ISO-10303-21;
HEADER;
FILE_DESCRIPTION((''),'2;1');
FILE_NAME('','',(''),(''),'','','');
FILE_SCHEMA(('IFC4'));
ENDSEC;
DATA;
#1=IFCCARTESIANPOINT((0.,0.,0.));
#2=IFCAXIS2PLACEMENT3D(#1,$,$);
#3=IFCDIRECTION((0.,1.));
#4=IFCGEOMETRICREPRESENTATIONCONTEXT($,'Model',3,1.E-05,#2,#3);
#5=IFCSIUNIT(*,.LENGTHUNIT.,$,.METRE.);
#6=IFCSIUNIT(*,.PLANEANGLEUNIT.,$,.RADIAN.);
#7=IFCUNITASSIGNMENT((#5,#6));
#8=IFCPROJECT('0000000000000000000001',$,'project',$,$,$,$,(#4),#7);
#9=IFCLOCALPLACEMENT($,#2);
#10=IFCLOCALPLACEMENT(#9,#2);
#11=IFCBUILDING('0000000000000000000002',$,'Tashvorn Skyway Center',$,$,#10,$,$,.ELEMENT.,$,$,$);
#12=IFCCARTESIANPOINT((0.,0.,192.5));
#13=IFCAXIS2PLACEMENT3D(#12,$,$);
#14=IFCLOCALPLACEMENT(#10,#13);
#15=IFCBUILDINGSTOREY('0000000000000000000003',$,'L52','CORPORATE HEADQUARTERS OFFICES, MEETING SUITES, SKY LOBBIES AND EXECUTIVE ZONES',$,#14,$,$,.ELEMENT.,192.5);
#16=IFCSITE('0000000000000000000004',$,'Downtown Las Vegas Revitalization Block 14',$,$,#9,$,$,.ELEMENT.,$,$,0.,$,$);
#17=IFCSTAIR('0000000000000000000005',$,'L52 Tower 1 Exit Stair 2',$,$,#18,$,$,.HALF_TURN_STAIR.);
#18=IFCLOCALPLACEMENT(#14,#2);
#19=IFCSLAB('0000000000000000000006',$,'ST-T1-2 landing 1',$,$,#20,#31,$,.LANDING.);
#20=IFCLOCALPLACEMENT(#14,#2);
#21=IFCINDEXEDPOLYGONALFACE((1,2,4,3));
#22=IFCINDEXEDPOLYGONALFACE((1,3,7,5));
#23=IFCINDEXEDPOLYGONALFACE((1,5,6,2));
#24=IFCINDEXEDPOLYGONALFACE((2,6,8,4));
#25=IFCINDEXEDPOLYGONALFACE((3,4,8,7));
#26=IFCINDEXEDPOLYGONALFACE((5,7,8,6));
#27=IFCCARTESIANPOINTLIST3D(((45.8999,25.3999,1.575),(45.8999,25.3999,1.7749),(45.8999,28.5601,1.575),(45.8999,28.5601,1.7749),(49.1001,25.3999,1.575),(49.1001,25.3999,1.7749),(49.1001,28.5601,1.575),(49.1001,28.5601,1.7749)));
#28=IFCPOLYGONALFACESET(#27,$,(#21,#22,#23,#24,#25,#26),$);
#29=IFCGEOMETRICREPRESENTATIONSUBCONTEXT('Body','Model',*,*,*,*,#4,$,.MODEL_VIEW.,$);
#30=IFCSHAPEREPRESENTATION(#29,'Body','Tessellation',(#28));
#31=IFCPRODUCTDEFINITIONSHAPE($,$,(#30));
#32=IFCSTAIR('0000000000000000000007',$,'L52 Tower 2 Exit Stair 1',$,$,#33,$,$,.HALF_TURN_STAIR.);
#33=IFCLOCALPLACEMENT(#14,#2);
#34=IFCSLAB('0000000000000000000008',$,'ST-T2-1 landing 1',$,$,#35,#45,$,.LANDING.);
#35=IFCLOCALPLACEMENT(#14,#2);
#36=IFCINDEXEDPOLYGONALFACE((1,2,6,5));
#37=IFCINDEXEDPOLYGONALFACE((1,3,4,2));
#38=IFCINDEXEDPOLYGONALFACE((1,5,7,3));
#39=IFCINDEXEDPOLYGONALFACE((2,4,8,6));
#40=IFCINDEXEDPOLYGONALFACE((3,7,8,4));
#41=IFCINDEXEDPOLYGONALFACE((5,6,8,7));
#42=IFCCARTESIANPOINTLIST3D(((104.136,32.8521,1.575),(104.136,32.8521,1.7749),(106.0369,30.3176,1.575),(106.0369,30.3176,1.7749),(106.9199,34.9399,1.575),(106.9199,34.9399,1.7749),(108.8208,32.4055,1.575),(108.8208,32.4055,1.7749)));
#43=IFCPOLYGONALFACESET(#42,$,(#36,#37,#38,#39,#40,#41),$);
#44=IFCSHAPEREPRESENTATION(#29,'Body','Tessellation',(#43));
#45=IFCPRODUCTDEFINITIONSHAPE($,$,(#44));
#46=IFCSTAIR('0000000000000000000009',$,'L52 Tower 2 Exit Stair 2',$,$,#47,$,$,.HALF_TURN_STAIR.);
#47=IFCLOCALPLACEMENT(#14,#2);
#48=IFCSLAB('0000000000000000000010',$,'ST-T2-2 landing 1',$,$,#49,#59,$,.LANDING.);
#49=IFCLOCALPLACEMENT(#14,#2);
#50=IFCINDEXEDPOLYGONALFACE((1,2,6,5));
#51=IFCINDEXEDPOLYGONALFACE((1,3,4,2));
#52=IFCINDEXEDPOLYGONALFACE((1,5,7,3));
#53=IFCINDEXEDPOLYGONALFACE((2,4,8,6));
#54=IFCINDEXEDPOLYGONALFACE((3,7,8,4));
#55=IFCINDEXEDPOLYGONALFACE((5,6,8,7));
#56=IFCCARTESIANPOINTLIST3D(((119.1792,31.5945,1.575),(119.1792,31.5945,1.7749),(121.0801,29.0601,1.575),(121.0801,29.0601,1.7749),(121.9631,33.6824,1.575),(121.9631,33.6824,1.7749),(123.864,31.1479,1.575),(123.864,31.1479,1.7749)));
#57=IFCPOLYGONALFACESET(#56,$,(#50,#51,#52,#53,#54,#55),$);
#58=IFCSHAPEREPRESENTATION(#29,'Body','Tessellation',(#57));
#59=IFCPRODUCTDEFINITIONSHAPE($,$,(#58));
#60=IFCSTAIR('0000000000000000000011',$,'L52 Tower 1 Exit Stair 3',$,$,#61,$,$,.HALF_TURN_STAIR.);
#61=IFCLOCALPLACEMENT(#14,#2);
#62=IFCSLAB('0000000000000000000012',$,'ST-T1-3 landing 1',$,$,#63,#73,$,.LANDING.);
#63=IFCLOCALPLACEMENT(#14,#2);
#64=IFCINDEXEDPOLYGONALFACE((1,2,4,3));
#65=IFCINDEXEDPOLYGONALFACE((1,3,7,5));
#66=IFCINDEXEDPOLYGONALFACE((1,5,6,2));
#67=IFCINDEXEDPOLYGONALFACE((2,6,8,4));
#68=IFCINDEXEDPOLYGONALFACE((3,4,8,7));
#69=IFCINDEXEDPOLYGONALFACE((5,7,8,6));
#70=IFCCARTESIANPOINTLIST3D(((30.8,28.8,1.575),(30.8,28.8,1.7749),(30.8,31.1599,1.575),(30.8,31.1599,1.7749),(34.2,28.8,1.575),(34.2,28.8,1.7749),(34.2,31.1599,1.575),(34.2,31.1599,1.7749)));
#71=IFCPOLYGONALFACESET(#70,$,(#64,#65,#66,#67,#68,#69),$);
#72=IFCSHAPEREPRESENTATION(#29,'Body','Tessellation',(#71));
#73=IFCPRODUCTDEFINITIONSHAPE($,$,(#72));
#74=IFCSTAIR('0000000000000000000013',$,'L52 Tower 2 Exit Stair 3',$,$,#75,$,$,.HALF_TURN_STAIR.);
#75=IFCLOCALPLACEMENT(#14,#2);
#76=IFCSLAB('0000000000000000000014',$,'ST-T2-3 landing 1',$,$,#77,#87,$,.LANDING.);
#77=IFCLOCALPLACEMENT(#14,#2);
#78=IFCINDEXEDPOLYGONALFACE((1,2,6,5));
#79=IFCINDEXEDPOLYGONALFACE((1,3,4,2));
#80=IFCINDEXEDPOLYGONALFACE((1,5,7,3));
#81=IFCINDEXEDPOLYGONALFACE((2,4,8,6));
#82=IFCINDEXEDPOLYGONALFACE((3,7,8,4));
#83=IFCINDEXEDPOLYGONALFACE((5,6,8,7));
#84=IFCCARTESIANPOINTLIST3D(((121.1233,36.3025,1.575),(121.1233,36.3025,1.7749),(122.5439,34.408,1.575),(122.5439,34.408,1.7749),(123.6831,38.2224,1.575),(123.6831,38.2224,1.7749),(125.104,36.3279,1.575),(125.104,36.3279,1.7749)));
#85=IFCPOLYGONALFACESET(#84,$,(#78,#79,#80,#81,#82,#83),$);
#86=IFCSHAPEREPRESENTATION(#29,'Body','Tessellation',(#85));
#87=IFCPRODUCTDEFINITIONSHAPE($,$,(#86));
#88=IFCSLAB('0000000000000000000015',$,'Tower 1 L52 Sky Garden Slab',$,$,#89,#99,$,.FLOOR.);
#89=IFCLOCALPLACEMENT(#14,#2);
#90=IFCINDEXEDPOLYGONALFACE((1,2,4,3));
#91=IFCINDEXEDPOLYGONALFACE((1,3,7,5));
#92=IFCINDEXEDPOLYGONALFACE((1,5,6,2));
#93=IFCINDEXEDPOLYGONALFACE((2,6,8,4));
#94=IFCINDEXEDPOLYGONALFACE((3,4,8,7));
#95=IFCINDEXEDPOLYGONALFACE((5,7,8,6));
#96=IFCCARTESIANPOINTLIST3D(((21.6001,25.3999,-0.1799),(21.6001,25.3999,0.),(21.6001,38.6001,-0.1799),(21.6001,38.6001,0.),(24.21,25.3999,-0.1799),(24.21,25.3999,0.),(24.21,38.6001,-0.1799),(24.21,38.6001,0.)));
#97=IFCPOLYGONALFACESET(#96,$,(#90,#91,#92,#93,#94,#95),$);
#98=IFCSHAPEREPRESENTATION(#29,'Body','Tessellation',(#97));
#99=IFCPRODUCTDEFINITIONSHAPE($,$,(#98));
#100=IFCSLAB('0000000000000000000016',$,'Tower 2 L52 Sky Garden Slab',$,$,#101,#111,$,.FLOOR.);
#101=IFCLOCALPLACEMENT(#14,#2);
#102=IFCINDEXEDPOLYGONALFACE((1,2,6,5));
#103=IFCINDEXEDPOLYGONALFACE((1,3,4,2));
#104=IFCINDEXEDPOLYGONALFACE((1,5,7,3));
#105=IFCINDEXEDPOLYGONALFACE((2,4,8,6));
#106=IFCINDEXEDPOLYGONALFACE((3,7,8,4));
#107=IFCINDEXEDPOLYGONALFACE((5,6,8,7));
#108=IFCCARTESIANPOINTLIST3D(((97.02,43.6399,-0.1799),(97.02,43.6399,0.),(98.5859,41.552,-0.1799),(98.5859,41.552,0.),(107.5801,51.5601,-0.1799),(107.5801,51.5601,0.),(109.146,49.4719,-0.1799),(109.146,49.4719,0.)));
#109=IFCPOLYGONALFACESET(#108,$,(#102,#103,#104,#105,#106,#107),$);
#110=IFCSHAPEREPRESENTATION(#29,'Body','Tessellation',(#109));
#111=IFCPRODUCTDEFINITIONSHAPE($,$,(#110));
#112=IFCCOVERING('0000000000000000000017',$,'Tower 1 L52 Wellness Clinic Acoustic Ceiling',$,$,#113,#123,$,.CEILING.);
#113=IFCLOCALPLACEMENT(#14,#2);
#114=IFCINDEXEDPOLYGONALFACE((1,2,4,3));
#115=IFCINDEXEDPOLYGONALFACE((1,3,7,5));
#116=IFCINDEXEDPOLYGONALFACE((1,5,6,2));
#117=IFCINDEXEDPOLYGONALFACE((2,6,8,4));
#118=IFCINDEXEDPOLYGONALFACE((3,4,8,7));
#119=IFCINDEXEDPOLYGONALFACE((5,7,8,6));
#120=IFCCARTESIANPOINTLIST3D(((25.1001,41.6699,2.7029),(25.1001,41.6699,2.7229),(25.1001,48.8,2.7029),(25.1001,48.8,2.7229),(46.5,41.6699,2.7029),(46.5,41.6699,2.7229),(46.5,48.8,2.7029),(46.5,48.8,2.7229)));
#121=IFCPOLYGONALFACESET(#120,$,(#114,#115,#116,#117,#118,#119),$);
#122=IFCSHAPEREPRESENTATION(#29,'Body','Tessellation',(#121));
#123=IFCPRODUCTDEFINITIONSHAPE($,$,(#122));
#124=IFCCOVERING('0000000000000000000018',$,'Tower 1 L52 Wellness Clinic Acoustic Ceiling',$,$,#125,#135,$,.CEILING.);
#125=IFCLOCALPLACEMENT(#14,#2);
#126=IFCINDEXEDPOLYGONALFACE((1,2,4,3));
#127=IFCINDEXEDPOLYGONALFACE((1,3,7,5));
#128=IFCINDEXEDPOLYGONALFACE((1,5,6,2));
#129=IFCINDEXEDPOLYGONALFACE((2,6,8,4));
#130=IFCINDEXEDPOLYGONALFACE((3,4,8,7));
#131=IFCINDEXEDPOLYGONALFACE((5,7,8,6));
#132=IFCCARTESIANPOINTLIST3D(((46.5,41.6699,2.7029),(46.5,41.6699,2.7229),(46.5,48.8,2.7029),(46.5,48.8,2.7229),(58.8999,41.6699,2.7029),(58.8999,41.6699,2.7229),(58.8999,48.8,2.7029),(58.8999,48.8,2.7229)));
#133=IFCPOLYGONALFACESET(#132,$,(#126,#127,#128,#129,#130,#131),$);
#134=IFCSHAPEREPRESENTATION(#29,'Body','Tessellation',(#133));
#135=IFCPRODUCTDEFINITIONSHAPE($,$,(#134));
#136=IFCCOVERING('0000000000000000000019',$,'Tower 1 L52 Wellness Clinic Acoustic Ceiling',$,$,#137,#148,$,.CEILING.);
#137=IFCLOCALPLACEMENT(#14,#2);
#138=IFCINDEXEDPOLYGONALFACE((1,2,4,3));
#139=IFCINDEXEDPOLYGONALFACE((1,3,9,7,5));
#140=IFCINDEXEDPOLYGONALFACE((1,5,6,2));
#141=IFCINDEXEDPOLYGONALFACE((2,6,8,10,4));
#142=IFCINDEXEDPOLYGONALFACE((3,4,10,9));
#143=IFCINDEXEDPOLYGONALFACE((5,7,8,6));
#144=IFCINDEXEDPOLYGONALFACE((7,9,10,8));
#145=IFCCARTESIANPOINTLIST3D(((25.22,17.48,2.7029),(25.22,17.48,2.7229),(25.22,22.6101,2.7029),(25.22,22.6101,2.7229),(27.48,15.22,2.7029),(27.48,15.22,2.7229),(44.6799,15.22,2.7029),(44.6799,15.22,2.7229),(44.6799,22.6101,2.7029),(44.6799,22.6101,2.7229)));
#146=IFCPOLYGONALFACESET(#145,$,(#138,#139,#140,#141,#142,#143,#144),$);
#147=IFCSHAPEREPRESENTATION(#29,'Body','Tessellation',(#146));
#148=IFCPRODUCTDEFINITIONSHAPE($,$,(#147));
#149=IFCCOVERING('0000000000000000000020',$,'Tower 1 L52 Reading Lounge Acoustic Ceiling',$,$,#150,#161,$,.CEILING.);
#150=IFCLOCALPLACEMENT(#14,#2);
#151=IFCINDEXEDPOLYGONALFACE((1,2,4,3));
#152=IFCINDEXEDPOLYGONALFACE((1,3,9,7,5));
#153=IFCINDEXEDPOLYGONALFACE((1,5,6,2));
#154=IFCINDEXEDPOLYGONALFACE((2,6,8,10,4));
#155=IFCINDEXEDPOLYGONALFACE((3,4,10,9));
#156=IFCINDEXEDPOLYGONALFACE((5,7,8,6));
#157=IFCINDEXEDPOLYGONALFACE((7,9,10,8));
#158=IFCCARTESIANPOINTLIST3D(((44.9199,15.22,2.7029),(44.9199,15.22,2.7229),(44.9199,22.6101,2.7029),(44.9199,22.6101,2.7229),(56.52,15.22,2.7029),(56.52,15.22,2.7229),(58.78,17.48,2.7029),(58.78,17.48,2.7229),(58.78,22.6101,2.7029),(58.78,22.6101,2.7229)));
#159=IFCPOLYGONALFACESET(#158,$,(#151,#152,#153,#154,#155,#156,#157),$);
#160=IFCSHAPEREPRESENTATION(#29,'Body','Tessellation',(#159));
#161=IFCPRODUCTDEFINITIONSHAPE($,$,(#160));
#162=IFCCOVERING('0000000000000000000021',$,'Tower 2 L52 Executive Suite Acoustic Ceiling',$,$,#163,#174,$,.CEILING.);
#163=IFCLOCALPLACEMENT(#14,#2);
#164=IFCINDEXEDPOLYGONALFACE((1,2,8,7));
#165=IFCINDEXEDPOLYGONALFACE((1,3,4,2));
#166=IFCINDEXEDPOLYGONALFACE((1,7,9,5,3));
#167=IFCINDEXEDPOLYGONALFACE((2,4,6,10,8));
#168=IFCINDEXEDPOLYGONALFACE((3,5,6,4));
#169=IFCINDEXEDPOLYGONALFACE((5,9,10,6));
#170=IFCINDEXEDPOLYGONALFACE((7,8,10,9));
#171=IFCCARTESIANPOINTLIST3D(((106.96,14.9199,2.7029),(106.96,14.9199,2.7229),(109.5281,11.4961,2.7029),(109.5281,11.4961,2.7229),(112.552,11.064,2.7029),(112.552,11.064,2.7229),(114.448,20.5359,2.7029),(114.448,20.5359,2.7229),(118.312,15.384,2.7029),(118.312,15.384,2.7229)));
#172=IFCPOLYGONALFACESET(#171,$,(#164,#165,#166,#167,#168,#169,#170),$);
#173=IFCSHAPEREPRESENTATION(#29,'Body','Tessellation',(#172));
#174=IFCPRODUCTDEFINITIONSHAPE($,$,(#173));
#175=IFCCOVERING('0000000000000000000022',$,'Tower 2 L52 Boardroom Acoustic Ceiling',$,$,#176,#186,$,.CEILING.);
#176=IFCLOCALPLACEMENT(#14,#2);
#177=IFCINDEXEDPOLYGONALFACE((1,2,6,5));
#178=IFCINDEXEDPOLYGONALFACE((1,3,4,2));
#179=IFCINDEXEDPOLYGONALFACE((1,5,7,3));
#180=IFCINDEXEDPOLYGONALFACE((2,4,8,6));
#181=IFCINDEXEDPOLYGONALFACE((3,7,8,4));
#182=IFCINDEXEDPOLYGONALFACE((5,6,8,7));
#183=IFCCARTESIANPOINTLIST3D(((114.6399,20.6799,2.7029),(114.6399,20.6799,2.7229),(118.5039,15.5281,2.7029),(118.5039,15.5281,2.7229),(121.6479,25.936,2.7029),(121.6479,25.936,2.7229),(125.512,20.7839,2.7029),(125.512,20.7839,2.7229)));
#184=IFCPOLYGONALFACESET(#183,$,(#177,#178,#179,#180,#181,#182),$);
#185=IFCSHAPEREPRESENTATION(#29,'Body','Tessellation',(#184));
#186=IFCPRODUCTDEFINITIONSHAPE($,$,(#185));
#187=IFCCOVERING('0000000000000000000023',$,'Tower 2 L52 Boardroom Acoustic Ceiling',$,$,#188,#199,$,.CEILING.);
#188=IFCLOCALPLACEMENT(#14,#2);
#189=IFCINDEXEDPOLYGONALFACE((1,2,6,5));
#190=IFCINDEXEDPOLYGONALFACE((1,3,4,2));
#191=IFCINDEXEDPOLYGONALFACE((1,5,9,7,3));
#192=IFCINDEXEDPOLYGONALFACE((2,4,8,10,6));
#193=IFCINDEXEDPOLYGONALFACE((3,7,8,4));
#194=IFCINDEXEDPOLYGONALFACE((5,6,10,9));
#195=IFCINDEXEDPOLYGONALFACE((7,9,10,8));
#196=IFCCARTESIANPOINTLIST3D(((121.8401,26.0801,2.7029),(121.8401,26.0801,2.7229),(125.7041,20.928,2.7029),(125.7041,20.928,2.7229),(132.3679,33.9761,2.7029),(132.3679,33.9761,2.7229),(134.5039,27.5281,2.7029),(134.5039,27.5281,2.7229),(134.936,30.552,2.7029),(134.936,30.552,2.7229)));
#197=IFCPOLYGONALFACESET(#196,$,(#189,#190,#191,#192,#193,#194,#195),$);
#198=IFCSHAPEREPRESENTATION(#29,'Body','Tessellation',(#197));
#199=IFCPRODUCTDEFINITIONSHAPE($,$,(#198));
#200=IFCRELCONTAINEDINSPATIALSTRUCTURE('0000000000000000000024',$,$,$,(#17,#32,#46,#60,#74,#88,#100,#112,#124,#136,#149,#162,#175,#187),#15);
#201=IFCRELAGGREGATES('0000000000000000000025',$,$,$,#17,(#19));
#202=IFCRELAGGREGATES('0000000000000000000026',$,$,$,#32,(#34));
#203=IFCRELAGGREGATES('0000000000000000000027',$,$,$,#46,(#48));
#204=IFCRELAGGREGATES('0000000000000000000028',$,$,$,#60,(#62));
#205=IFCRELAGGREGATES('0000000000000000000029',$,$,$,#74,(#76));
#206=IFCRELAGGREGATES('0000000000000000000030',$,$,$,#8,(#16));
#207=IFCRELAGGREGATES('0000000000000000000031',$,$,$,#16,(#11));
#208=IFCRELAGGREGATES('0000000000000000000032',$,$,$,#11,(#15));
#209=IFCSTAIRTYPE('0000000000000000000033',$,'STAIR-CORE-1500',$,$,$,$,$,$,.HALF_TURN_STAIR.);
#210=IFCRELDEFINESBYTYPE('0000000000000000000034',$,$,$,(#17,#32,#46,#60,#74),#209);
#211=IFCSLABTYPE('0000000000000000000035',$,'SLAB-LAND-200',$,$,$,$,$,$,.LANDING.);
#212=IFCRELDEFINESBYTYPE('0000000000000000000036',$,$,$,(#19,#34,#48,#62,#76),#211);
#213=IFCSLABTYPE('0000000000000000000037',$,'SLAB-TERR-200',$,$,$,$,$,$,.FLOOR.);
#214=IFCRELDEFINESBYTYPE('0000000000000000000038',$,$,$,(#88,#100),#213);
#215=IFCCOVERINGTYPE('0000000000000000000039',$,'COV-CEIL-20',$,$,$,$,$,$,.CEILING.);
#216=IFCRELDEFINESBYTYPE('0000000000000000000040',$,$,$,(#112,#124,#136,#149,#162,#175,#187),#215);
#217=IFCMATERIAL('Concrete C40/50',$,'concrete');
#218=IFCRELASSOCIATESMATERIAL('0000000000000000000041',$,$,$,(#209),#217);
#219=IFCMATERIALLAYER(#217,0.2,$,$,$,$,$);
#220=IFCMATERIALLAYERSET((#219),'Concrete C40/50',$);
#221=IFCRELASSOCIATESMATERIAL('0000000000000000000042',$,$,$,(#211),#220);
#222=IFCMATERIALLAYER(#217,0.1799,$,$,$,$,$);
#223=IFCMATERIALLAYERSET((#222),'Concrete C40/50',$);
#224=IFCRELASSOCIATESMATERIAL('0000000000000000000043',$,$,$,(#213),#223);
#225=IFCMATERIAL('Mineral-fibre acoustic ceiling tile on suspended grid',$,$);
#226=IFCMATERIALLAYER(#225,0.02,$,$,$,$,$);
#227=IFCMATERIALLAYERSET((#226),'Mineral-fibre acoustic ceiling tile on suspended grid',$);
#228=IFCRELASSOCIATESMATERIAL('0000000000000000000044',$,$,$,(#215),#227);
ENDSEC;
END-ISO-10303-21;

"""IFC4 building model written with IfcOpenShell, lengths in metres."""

from ifc_helpers import new_model, si_unit, direction, frame, origin, place, context, subcontext, project, spatial, polyline, outline, extrude, material, layer, layer_set, type_object, element, aggregate, save


model = new_model("IFC4")

# Units and contexts
model_context = context("Model", 3, precision=1e-05, world=origin(), true_north=direction((0.0, 1.0)))
body_context = subcontext(model_context, "Body", "Model", "MODEL_VIEW")
ifc_project = project(units=[si_unit("LENGTHUNIT", "METRE"), si_unit("PLANEANGLEUNIT", "RADIAN")], contexts=[model_context])

# Site, building, storey
site_placement = place(None, origin())
site = spatial("IfcSite", under=ifc_project, at=site_placement, Name="Downtown Las Vegas Revitalization Block 14", CompositionType="ELEMENT", RefElevation=0.0)
building_placement = place(site_placement, origin())
building = spatial("IfcBuilding", under=site, at=building_placement, Name="Tashvorn Skyway Center", CompositionType="ELEMENT")
storey_placement = place(building_placement, frame((0.0, 0.0, 192.5)))
storey = spatial("IfcBuildingStorey", under=building, at=storey_placement, Name="L52", Description="CORPORATE HEADQUARTERS OFFICES, MEETING SUITES, SKY LOBBIES AND EXECUTIVE ZONES", CompositionType="ELEMENT", Elevation=192.5)

# Shared definitions
ifc_material_1 = material(Name="Concrete C40/50", Category="concrete")

# Stairs, slabs
stair_type = type_object("IfcStairType", Name="STAIR-CORE-1500", PredefinedType="HALF_TURN_STAIR", material=ifc_material_1)
ifc_layer_1 = layer(ifc_material_1, 0.2)
ifc_layer_set_1 = layer_set([ifc_layer_1], Name="Concrete C40/50")
slab_type_1 = type_object("IfcSlabType", Name="SLAB-LAND-200", PredefinedType="LANDING", material=ifc_layer_set_1)
stair_1_placement = place(storey_placement, origin())
stair_1 = element("IfcStair", 1, at=stair_1_placement, inside=storey, type_object=stair_type, Name="L52 Tower 1 Exit Stair 2", PredefinedType="HALF_TURN_STAIR")
slab_1_placement = place(storey_placement, frame((0.0, 0.0, 1.575)))
slab_1 = element("IfcSlab", 2, at=slab_1_placement, type_object=slab_type_1, Name="ST-T1-2 landing 1", PredefinedType="LANDING", context=body_context, shape_type="SweptSolid", body=[
    extrude(outline(polyline([(45.8999, 28.5601), (45.8999, 25.3999), (49.1001, 25.3999), (49.1001, 28.5601), (45.8999, 28.5601)])), origin(), (0.0, 0.0, 1.0), 0.2),
])
aggregate(stair_1, [slab_1])
stair_2_placement = place(storey_placement, origin())
stair_2 = element("IfcStair", 3, at=stair_2_placement, inside=storey, type_object=stair_type, Name="L52 Tower 2 Exit Stair 1", PredefinedType="HALF_TURN_STAIR")
slab_2_placement = place(storey_placement, frame((0.0, 0.0, 1.575)))
slab_2 = element("IfcSlab", 4, at=slab_2_placement, type_object=slab_type_1, Name="ST-T2-1 landing 1", PredefinedType="LANDING", context=body_context, shape_type="SweptSolid", body=[
    extrude(outline(polyline([(108.8208, 32.4055), (106.9199, 34.9399), (104.136, 32.8521), (106.0369, 30.3176), (108.8208, 32.4055)])), origin(), (0.0, 0.0, 1.0), 0.2),
])
aggregate(stair_2, [slab_2])
stair_3_placement = place(storey_placement, origin())
stair_3 = element("IfcStair", 5, at=stair_3_placement, inside=storey, type_object=stair_type, Name="L52 Tower 2 Exit Stair 2", PredefinedType="HALF_TURN_STAIR")
slab_3_placement = place(storey_placement, frame((0.0, 0.0, 1.575)))
slab_3 = element("IfcSlab", 6, at=slab_3_placement, type_object=slab_type_1, Name="ST-T2-2 landing 1", PredefinedType="LANDING", context=body_context, shape_type="SweptSolid", body=[
    extrude(outline(polyline([(119.1792, 31.5945), (121.0801, 29.0601), (123.864, 31.1479), (121.9631, 33.6824), (119.1792, 31.5945)])), origin(), (0.0, 0.0, 1.0), 0.2),
])
aggregate(stair_3, [slab_3])
stair_4_placement = place(storey_placement, origin())
stair_4 = element("IfcStair", 7, at=stair_4_placement, inside=storey, type_object=stair_type, Name="L52 Tower 1 Exit Stair 3", PredefinedType="HALF_TURN_STAIR")
slab_4_placement = place(storey_placement, frame((0.0, 0.0, 1.575)))
slab_4 = element("IfcSlab", 8, at=slab_4_placement, type_object=slab_type_1, Name="ST-T1-3 landing 1", PredefinedType="LANDING", context=body_context, shape_type="SweptSolid", body=[
    extrude(outline(polyline([(30.8, 31.1599), (30.8, 28.8), (34.2, 28.8), (34.2, 31.1599), (30.8, 31.1599)])), origin(), (0.0, 0.0, 1.0), 0.2),
])
aggregate(stair_4, [slab_4])
stair_5_placement = place(storey_placement, origin())
stair_5 = element("IfcStair", 9, at=stair_5_placement, inside=storey, type_object=stair_type, Name="L52 Tower 2 Exit Stair 3", PredefinedType="HALF_TURN_STAIR")
slab_5_placement = place(storey_placement, frame((0.0, 0.0, 1.575)))
slab_5 = element("IfcSlab", 10, at=slab_5_placement, type_object=slab_type_1, Name="ST-T2-3 landing 1", PredefinedType="LANDING", context=body_context, shape_type="SweptSolid", body=[
    extrude(outline(polyline([(121.1233, 36.3025), (122.5439, 34.408), (125.104, 36.3279), (123.6831, 38.2224), (121.1233, 36.3025)])), origin(), (0.0, 0.0, 1.0), 0.2),
])
aggregate(stair_5, [slab_5])

# Slabs
ifc_layer_2 = layer(ifc_material_1, 0.1799)
ifc_layer_set_2 = layer_set([ifc_layer_2], Name="Concrete C40/50")
slab_type_2 = type_object("IfcSlabType", Name="SLAB-TERR-200", PredefinedType="FLOOR", material=ifc_layer_set_2)
slab_6_placement = place(storey_placement, frame((0.0, 0.0, -0.1799)))
element("IfcSlab", 11, at=slab_6_placement, inside=storey, type_object=slab_type_2, Name="Tower 1 L52 Sky Garden Slab", PredefinedType="FLOOR", context=body_context, shape_type="SweptSolid", body=[
    extrude(outline(polyline([(21.6001, 25.3999), (24.21, 25.3999), (24.21, 38.6001), (21.6001, 38.6001), (21.6001, 25.3999)])), origin(), (0.0, 0.0, 1.0), 0.1799),
])
slab_7_placement = place(storey_placement, frame((0.0, 0.0, -0.1799)))
element("IfcSlab", 12, at=slab_7_placement, inside=storey, type_object=slab_type_2, Name="Tower 2 L52 Sky Garden Slab", PredefinedType="FLOOR", context=body_context, shape_type="SweptSolid", body=[
    extrude(outline(polyline([(98.5859, 41.552), (109.146, 49.4719), (107.5801, 51.5601), (97.02, 43.6399), (98.5859, 41.552)])), origin(), (0.0, 0.0, 1.0), 0.1799),
])

# Coverings
ifc_material_2 = material(Name="Mineral-fibre acoustic ceiling tile on suspended grid")
ifc_layer_3 = layer(ifc_material_2, 0.02)
ifc_layer_set_3 = layer_set([ifc_layer_3], Name="Mineral-fibre acoustic ceiling tile on suspended grid")
covering_type_1 = type_object("IfcCoveringType", Name="COV-CEIL-20", PredefinedType="CEILING", material=ifc_layer_set_3)
covering_1_placement = place(storey_placement, frame((0.0, 0.0, 2.7029)))
element("IfcCovering", 13, at=covering_1_placement, inside=storey, type_object=covering_type_1, Name="Tower 1 L52 Wellness Clinic Acoustic Ceiling", PredefinedType="CEILING", context=body_context, shape_type="SweptSolid", body=[
    extrude(outline(polyline([(25.1001, 41.6699), (46.5, 41.6699), (46.5, 48.8), (25.1001, 48.8), (25.1001, 41.6699)])), origin(), (0.0, 0.0, 1.0), 0.02),
])
covering_2_placement = place(storey_placement, frame((0.0, 0.0, 2.7029)))
element("IfcCovering", 14, at=covering_2_placement, inside=storey, type_object=covering_type_1, Name="Tower 1 L52 Wellness Clinic Acoustic Ceiling", PredefinedType="CEILING", context=body_context, shape_type="SweptSolid", body=[
    extrude(outline(polyline([(46.5, 41.6699), (58.8999, 41.6699), (58.8999, 48.8), (46.5, 48.8), (46.5, 41.6699)])), origin(), (0.0, 0.0, 1.0), 0.02),
])
covering_3_placement = place(storey_placement, frame((0.0, 0.0, 2.7029)))
element("IfcCovering", 15, at=covering_3_placement, inside=storey, type_object=covering_type_1, Name="Tower 1 L52 Wellness Clinic Acoustic Ceiling", PredefinedType="CEILING", context=body_context, shape_type="SweptSolid", body=[
    extrude(outline(polyline([(25.22, 22.6101), (44.6799, 22.6101), (44.6799, 15.22), (27.48, 15.22), (25.22, 17.48), (25.22, 22.6101)])), origin(), (0.0, 0.0, 1.0), 0.02),
])
covering_4_placement = place(storey_placement, frame((0.0, 0.0, 2.7029)))
element("IfcCovering", 16, at=covering_4_placement, inside=storey, type_object=covering_type_1, Name="Tower 1 L52 Reading Lounge Acoustic Ceiling", PredefinedType="CEILING", context=body_context, shape_type="SweptSolid", body=[
    extrude(outline(polyline([(44.9199, 15.22), (44.9199, 22.6101), (58.78, 22.6101), (58.78, 17.48), (56.52, 15.22), (44.9199, 15.22)])), origin(), (0.0, 0.0, 1.0), 0.02),
])
covering_5_placement = place(storey_placement, frame((0.0, 0.0, 2.7029)))
element("IfcCovering", 17, at=covering_5_placement, inside=storey, type_object=covering_type_1, Name="Tower 2 L52 Executive Suite Acoustic Ceiling", PredefinedType="CEILING", context=body_context, shape_type="SweptSolid", body=[
    extrude(outline(polyline([(106.96, 14.9199), (114.448, 20.5359), (118.312, 15.384), (112.552, 11.064), (109.5281, 11.4961), (106.96, 14.9199)])), origin(), (0.0, 0.0, 1.0), 0.02),
])
covering_6_placement = place(storey_placement, frame((0.0, 0.0, 2.7029)))
element("IfcCovering", 18, at=covering_6_placement, inside=storey, type_object=covering_type_1, Name="Tower 2 L52 Boardroom Acoustic Ceiling", PredefinedType="CEILING", context=body_context, shape_type="SweptSolid", body=[
    extrude(outline(polyline([(114.6399, 20.6799), (121.6479, 25.936), (125.512, 20.7839), (118.5039, 15.5281), (114.6399, 20.6799)])), origin(), (0.0, 0.0, 1.0), 0.02),
])
covering_7_placement = place(storey_placement, frame((0.0, 0.0, 2.7029)))
element("IfcCovering", 19, at=covering_7_placement, inside=storey, type_object=covering_type_1, Name="Tower 2 L52 Boardroom Acoustic Ceiling", PredefinedType="CEILING", context=body_context, shape_type="SweptSolid", body=[
    extrude(outline(polyline([(125.7041, 20.928), (121.8401, 26.0801), (132.3679, 33.9761), (134.936, 30.552), (134.5039, 27.5281), (125.7041, 20.928)])), origin(), (0.0, 0.0, 1.0), 0.02),
])

save(model, "model.ifc")
